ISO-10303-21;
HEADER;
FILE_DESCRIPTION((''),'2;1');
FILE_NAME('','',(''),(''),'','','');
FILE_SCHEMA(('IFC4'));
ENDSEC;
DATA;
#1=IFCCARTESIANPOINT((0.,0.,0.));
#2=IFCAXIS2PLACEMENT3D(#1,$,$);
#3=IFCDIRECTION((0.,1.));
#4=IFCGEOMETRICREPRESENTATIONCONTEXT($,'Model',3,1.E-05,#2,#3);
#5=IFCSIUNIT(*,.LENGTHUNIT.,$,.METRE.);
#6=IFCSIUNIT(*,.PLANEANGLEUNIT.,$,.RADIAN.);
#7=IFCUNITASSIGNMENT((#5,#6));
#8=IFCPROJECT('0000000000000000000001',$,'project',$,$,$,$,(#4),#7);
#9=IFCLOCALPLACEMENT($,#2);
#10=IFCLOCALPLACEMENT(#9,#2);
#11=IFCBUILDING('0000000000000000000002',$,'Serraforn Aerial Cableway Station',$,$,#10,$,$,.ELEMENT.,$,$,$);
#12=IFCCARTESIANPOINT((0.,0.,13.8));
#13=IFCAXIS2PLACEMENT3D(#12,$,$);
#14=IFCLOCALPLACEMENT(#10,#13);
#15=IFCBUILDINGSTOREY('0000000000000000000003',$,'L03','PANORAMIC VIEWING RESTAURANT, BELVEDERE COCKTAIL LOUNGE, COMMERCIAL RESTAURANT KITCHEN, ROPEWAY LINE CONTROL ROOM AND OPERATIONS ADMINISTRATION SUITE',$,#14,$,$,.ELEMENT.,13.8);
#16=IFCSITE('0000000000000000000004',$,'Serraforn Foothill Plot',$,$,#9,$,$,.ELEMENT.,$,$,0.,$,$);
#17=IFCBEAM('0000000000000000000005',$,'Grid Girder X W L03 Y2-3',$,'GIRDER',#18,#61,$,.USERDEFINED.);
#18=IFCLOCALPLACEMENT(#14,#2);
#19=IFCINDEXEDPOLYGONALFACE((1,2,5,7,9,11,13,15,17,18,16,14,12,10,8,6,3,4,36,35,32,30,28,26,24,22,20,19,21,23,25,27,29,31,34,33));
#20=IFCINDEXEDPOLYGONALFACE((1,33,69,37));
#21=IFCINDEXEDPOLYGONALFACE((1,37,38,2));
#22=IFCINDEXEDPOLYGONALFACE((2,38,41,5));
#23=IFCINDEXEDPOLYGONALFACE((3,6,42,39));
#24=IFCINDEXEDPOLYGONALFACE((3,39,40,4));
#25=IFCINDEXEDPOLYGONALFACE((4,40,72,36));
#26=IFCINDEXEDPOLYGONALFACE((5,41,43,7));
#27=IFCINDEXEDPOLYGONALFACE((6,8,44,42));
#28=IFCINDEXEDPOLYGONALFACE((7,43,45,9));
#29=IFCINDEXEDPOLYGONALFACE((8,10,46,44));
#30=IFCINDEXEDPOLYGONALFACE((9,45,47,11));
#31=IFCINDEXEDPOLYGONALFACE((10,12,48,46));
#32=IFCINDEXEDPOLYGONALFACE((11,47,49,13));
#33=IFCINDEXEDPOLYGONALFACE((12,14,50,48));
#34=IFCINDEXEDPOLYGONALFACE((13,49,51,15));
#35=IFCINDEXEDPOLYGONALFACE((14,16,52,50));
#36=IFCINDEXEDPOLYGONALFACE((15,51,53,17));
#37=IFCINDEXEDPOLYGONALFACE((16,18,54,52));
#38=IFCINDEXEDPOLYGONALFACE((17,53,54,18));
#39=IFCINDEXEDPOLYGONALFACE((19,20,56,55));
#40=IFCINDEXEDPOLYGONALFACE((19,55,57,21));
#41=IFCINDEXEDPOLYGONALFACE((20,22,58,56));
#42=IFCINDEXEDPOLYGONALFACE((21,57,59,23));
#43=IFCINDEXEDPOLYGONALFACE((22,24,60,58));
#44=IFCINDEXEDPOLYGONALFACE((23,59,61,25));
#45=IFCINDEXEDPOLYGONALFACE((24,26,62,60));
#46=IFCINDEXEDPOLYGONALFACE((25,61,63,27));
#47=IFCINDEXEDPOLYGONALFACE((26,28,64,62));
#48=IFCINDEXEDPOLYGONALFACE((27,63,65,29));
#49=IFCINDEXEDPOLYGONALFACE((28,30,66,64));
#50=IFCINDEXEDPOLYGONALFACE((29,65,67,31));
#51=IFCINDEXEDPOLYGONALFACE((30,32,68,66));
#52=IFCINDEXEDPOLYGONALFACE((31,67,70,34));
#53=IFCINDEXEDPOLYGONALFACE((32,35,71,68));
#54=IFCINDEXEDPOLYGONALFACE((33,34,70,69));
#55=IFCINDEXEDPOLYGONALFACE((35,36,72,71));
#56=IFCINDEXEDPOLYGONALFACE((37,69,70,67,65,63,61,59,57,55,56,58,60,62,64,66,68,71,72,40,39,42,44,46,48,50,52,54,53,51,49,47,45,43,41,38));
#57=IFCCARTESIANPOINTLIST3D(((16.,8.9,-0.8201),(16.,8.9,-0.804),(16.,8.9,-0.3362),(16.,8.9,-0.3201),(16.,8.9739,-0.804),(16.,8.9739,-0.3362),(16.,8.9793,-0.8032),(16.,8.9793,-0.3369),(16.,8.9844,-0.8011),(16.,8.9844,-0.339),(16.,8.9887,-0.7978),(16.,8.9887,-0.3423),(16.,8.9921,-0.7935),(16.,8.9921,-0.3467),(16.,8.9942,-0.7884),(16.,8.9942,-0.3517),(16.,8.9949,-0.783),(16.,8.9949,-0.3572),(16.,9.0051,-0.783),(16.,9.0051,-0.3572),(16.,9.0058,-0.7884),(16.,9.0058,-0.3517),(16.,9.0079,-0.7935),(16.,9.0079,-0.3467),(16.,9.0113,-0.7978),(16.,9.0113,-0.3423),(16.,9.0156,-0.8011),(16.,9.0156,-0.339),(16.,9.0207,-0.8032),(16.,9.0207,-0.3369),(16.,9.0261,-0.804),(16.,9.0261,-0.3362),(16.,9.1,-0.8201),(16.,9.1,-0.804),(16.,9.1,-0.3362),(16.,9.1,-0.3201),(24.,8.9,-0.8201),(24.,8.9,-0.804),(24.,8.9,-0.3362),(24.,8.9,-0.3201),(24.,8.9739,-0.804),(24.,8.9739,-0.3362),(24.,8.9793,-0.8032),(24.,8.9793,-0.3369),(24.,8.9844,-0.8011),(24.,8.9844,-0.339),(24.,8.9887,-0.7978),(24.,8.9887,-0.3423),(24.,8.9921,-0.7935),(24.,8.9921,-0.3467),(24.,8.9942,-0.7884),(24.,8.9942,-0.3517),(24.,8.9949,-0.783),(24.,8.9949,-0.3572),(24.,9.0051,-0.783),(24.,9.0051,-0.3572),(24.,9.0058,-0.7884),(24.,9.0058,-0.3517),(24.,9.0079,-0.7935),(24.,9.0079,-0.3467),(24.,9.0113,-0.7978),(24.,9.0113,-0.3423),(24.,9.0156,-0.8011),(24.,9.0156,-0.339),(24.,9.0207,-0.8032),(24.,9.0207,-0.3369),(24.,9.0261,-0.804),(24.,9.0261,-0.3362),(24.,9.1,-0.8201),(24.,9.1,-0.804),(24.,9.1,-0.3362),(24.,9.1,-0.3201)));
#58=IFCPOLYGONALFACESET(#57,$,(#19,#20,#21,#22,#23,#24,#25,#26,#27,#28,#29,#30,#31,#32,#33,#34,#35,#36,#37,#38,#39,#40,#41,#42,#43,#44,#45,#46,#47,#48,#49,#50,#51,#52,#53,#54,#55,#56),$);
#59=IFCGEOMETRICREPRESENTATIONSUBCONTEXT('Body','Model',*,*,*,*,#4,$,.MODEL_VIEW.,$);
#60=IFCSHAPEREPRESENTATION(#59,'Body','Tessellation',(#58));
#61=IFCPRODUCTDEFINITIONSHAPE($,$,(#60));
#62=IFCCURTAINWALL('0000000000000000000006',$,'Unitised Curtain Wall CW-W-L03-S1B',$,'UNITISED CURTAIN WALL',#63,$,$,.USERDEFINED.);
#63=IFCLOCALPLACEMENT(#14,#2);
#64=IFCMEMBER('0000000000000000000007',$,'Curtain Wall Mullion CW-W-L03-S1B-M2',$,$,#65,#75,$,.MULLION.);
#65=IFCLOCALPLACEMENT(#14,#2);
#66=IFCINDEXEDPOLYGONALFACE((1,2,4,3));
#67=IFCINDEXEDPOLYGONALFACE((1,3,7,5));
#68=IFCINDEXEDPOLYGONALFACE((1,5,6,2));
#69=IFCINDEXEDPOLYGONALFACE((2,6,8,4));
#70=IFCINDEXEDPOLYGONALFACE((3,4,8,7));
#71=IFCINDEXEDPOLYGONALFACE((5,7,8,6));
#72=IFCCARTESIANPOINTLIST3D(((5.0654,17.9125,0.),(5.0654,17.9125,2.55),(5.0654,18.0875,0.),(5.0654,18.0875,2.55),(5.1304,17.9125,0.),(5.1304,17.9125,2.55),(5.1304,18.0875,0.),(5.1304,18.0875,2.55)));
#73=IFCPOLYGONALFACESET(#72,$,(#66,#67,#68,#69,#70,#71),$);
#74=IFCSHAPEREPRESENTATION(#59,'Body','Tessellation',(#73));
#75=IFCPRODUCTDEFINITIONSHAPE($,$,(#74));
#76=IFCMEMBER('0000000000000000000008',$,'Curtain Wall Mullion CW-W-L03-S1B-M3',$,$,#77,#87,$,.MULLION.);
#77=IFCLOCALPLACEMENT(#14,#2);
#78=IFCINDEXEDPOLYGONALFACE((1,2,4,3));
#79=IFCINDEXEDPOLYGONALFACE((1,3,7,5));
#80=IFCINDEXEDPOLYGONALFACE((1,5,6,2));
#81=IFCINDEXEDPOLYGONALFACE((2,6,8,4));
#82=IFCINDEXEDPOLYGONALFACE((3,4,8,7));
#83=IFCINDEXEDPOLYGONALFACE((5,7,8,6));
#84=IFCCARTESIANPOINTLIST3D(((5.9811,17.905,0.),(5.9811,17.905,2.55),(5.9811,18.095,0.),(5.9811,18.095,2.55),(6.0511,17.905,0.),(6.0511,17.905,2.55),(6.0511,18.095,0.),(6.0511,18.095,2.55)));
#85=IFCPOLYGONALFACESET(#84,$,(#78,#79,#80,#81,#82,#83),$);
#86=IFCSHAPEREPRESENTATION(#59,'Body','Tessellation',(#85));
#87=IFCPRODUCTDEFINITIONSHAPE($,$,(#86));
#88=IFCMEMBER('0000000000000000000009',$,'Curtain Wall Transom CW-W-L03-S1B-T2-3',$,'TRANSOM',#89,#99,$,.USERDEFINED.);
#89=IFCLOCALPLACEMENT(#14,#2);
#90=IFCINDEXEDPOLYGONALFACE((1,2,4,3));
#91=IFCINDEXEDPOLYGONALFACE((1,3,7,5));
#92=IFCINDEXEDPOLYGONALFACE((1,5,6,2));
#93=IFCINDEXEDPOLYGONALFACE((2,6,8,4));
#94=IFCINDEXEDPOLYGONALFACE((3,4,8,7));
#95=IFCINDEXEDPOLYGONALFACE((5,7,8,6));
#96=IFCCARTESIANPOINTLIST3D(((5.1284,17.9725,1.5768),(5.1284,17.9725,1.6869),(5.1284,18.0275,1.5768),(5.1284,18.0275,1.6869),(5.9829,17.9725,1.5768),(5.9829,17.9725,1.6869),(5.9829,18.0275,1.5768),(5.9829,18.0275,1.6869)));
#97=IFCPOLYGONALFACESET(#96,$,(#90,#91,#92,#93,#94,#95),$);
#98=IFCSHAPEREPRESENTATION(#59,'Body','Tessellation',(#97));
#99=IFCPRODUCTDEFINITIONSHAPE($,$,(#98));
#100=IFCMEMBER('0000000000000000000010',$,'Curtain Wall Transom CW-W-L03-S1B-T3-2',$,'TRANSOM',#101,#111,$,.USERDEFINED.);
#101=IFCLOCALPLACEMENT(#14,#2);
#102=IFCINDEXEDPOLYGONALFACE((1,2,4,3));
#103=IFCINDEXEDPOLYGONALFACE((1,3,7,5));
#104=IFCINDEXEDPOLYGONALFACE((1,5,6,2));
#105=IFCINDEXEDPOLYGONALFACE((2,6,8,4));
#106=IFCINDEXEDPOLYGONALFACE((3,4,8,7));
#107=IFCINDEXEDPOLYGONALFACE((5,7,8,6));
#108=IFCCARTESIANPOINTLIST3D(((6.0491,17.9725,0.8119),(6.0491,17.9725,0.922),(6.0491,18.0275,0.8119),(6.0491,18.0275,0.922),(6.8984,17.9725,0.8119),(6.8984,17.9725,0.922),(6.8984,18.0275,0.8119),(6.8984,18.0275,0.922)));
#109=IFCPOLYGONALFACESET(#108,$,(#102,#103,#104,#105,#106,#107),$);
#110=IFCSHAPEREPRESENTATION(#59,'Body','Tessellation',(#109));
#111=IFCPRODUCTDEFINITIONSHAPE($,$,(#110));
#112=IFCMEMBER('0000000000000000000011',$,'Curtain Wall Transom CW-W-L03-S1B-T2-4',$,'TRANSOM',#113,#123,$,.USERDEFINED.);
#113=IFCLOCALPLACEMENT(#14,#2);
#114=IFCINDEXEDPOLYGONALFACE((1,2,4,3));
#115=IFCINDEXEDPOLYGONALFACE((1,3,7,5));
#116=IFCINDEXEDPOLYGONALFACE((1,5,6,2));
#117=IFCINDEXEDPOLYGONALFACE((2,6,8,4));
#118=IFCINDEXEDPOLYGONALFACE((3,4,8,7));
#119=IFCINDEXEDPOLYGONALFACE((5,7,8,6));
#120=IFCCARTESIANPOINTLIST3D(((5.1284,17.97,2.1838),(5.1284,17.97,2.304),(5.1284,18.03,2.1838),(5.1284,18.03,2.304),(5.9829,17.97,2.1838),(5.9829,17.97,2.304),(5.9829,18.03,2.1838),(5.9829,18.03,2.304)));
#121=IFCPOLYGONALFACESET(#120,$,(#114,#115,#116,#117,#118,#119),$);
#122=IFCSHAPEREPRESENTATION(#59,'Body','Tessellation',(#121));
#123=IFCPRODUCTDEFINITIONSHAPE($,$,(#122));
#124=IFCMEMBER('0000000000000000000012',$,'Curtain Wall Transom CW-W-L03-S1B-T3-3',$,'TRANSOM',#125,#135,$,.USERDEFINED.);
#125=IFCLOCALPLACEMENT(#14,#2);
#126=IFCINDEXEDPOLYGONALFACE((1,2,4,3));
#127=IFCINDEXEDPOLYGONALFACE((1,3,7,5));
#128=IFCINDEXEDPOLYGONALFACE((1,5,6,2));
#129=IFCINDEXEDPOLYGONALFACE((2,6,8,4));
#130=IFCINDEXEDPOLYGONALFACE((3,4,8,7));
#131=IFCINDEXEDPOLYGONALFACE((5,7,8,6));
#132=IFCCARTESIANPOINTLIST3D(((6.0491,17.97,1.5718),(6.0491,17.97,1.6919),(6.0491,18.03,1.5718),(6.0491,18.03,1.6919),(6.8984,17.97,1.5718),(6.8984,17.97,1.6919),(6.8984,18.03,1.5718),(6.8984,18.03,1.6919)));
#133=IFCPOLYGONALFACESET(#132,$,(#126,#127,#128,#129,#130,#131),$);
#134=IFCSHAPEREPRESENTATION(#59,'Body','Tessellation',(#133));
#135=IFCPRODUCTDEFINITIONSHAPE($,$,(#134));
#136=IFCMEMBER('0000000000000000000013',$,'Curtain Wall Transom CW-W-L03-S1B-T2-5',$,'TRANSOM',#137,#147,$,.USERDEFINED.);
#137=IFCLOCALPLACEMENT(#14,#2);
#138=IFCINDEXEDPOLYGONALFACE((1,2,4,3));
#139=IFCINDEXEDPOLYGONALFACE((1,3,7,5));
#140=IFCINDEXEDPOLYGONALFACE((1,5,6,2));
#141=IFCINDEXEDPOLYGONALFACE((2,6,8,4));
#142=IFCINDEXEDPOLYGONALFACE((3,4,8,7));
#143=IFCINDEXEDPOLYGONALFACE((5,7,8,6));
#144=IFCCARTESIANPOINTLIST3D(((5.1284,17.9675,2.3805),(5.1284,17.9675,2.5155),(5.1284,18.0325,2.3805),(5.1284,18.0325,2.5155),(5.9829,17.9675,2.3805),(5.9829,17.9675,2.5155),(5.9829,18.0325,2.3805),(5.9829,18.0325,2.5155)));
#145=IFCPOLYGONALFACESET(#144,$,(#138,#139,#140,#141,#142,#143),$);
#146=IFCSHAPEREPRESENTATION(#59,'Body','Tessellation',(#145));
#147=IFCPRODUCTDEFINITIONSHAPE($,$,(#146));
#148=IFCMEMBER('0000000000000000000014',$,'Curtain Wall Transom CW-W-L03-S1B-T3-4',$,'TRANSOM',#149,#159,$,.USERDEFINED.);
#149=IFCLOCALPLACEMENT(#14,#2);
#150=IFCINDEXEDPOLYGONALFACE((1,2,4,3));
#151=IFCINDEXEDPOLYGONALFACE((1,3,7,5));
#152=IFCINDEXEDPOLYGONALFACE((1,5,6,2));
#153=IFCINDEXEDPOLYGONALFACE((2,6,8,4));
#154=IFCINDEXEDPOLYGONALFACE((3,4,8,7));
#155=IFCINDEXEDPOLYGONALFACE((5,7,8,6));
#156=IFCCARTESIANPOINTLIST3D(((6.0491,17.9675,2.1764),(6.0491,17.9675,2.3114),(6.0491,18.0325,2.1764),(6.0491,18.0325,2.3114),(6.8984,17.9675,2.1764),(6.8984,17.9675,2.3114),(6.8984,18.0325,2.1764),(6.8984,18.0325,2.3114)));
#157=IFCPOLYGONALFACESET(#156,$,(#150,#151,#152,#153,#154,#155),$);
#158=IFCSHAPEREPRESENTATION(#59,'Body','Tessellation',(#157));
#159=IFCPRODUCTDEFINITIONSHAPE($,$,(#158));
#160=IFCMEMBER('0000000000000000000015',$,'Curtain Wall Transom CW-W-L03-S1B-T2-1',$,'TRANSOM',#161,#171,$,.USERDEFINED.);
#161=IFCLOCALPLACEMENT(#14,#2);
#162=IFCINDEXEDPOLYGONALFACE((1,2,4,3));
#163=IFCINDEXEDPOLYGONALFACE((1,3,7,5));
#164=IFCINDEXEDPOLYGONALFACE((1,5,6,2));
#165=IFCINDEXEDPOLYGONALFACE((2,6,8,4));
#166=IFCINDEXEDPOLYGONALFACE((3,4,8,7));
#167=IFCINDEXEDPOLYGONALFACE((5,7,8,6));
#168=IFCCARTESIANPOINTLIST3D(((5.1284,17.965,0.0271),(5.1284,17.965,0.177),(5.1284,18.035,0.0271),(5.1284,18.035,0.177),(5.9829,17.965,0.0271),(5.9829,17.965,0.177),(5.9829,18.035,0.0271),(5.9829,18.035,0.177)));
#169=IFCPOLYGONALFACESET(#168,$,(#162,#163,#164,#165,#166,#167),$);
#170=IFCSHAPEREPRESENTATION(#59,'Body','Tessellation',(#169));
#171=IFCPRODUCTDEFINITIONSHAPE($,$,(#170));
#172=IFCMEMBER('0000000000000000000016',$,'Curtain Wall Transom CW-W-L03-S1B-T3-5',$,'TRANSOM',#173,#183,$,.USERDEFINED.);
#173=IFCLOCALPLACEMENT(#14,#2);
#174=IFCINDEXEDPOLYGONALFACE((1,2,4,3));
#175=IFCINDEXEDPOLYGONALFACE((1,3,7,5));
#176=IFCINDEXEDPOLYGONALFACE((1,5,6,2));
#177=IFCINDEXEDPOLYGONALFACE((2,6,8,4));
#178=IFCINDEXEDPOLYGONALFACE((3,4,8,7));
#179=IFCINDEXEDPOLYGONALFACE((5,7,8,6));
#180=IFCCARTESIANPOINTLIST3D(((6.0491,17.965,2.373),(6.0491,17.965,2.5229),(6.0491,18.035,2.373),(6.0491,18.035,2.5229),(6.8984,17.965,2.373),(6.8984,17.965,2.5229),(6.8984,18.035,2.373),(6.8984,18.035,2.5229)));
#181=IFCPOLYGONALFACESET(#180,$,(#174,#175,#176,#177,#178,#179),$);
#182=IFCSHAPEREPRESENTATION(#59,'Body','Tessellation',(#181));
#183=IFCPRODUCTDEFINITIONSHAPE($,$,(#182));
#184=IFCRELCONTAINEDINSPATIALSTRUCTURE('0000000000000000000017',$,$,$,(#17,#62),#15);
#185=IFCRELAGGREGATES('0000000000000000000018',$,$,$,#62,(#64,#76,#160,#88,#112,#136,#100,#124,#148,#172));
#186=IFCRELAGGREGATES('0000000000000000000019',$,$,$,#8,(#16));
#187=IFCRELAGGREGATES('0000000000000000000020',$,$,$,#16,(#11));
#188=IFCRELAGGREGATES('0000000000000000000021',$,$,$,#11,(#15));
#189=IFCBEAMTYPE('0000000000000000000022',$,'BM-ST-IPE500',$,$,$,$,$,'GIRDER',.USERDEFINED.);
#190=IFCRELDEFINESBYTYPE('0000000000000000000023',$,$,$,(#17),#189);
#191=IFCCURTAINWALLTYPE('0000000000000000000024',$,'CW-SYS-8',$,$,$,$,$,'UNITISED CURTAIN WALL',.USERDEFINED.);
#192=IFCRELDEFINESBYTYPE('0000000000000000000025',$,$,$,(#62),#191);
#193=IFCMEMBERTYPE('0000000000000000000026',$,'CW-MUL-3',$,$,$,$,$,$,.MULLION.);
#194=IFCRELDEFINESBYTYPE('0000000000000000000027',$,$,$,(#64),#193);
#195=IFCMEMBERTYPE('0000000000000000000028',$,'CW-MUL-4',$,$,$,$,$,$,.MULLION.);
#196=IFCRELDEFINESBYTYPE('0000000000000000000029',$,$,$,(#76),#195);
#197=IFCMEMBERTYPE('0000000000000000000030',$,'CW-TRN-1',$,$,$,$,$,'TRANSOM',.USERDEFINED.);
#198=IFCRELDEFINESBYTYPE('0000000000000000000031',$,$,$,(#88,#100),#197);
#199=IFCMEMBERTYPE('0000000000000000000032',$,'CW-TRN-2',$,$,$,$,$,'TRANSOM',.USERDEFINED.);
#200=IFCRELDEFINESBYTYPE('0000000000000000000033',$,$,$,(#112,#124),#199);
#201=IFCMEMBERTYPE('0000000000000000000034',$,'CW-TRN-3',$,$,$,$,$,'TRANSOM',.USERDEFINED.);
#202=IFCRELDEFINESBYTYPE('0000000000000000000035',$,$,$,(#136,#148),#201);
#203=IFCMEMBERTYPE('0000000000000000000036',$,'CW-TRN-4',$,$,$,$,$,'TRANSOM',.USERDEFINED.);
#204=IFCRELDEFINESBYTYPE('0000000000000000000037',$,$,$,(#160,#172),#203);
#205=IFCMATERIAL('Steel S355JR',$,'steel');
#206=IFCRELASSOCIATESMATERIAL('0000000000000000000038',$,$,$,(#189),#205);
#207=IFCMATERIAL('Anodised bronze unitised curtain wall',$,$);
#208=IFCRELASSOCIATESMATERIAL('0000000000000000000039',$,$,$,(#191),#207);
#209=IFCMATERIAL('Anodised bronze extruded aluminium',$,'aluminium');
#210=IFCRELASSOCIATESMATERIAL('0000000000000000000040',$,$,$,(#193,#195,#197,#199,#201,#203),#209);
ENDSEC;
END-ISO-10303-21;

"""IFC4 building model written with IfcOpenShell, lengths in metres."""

from ifc_helpers import new_model, si_unit, direction, frame, origin, origin_2d, place, context, subcontext, project, spatial, rectangle, i_section, extrude, material, material_profile, profile_set, type_object, element, aggregate, save


model = new_model("IFC4")

# Units and contexts
model_context = context("Model", 3, precision=1e-05, world=origin(), true_north=direction((0.0, 1.0)))
body_context = subcontext(model_context, "Body", "Model", "MODEL_VIEW")
ifc_project = project(units=[si_unit("LENGTHUNIT", "METRE"), si_unit("PLANEANGLEUNIT", "RADIAN")], contexts=[model_context])

# Site, building, storey
site_placement = place(None, origin())
site = spatial("IfcSite", under=ifc_project, at=site_placement, Name="Serraforn Foothill Plot", CompositionType="ELEMENT", RefElevation=0.0)
building_placement = place(site_placement, origin())
building = spatial("IfcBuilding", under=site, at=building_placement, Name="Serraforn Aerial Cableway Station", CompositionType="ELEMENT")
storey_placement = place(building_placement, frame((0.0, 0.0, 13.8)))
storey = spatial("IfcBuildingStorey", under=building, at=storey_placement, Name="L03", Description="PANORAMIC VIEWING RESTAURANT, BELVEDERE COCKTAIL LOUNGE, COMMERCIAL RESTAURANT KITCHEN, ROPEWAY LINE CONTROL ROOM AND OPERATIONS ADMINISTRATION SUITE", CompositionType="ELEMENT", Elevation=13.8)

# Beam
ifc_material_1 = material(Name="Steel S355JR", Category="steel")
ifc_material_profile_1 = material_profile(ifc_material_1, i_section(OverallWidth=0.2, OverallDepth=0.5, WebThickness=0.0103, FlangeThickness=0.0161, FilletRadius=0.021, at=origin_2d()), Name="IPE 500")
ifc_profile_set_1 = profile_set([ifc_material_profile_1], Name="Steel S355JR")
beam_type_1 = type_object("IfcBeamType", Name="BM-ST-IPE500", ElementType="GIRDER", PredefinedType="USERDEFINED", material=ifc_profile_set_1)
beam_1_placement = place(storey_placement, frame((16.0, 9.0, -0.5701), z_axis=(1.0, 0.0, 0.0), x_axis=(0.0, 1.0, 0.0)))
element("IfcBeam", 1, at=beam_1_placement, inside=storey, type_object=beam_type_1, Name="Grid Girder X W L03 Y2-3", ObjectType="GIRDER", PredefinedType="USERDEFINED", context=body_context, shape_type="SweptSolid", body=[
    extrude(i_section(OverallWidth=0.2, OverallDepth=0.5, WebThickness=0.0103, FlangeThickness=0.0161, FilletRadius=0.021, at=origin_2d()), origin(), (0.0, 0.0, 1.0), 8.0),
])

# Curtain wall, members
ifc_material_2 = material(Name="Anodised bronze unitised curtain wall")
curtain_wall_type = type_object("IfcCurtainWallType", Name="CW-SYS-8", ElementType="UNITISED CURTAIN WALL", PredefinedType="USERDEFINED", material=ifc_material_2)
curtain_wall_placement = place(storey_placement, origin())
curtain_wall = element("IfcCurtainWall", 2, at=curtain_wall_placement, inside=storey, type_object=curtain_wall_type, Name="Unitised Curtain Wall CW-W-L03-S1B", ObjectType="UNITISED CURTAIN WALL", PredefinedType="USERDEFINED")
ifc_material_3 = material(Name="Anodised bronze extruded aluminium", Category="aluminium")
ifc_material_profile_2 = material_profile(ifc_material_3, rectangle(XDim=0.0649, YDim=0.175, at=origin_2d()), Name="CW MULLION 65x175")
ifc_profile_set_2 = profile_set([ifc_material_profile_2], Name="Anodised bronze extruded aluminium")
member_type_1 = type_object("IfcMemberType", Name="CW-MUL-3", PredefinedType="MULLION", material=ifc_profile_set_2)
member_1_placement = place(storey_placement, frame((5.0979, 18.0, 0.0), z_axis=(0.0, 0.0, 1.0), x_axis=(1.0, 0.0, 0.0)))
member_1 = element("IfcMember", 3, at=member_1_placement, type_object=member_type_1, Name="Curtain Wall Mullion CW-W-L03-S1B-M2", PredefinedType="MULLION", context=body_context, shape_type="SweptSolid", body=[
    extrude(rectangle(XDim=0.0649, YDim=0.175, at=origin_2d()), origin(), (0.0, 0.0, 1.0), 2.55),
])
ifc_material_profile_3 = material_profile(ifc_material_3, rectangle(XDim=0.0701, YDim=0.1899, at=origin_2d()), Name="CW MULLION 70x190")
ifc_profile_set_3 = profile_set([ifc_material_profile_3], Name="Anodised bronze extruded aluminium")
member_type_2 = type_object("IfcMemberType", Name="CW-MUL-4", PredefinedType="MULLION", material=ifc_profile_set_3)
member_2_placement = place(storey_placement, frame((6.0161, 18.0, 0.0), z_axis=(0.0, 0.0, 1.0), x_axis=(1.0, 0.0, 0.0)))
member_2 = element("IfcMember", 4, at=member_2_placement, type_object=member_type_2, Name="Curtain Wall Mullion CW-W-L03-S1B-M3", PredefinedType="MULLION", context=body_context, shape_type="SweptSolid", body=[
    extrude(rectangle(XDim=0.0701, YDim=0.1899, at=origin_2d()), origin(), (0.0, 0.0, 1.0), 2.55),
])
ifc_material_profile_4 = material_profile(ifc_material_3, rectangle(XDim=0.0549, YDim=0.1101, at=origin_2d()), Name="CW TRANSOM 55x110")
ifc_profile_set_4 = profile_set([ifc_material_profile_4], Name="Anodised bronze extruded aluminium")
member_type_3 = type_object("IfcMemberType", Name="CW-TRN-1", ElementType="TRANSOM", PredefinedType="USERDEFINED", material=ifc_profile_set_4)
member_3_placement = place(storey_placement, frame((5.1284, 18.0, 1.6318), z_axis=(1.0, 0.0, 0.0), x_axis=(0.0, 1.0, 0.0)))
member_3 = element("IfcMember", 5, at=member_3_placement, type_object=member_type_3, Name="Curtain Wall Transom CW-W-L03-S1B-T2-3", ObjectType="TRANSOM", PredefinedType="USERDEFINED", context=body_context, shape_type="SweptSolid", body=[
    extrude(rectangle(XDim=0.0549, YDim=0.1101, at=origin_2d()), origin(), (0.0, 0.0, 1.0), 0.8545),
])
member_4_placement = place(storey_placement, frame((6.0491, 18.0, 0.8669), z_axis=(1.0, 0.0, 0.0), x_axis=(0.0, 1.0, 0.0)))
member_4 = element("IfcMember", 6, at=member_4_placement, type_object=member_type_3, Name="Curtain Wall Transom CW-W-L03-S1B-T3-2", ObjectType="TRANSOM", PredefinedType="USERDEFINED", context=body_context, shape_type="SweptSolid", body=[
    extrude(rectangle(XDim=0.0549, YDim=0.1101, at=origin_2d()), origin(), (0.0, 0.0, 1.0), 0.8494),
])
ifc_material_profile_5 = material_profile(ifc_material_3, rectangle(XDim=0.0601, YDim=0.1201, at=origin_2d()), Name="CW TRANSOM 60x120")
ifc_profile_set_5 = profile_set([ifc_material_profile_5], Name="Anodised bronze extruded aluminium")
member_type_4 = type_object("IfcMemberType", Name="CW-TRN-2", ElementType="TRANSOM", PredefinedType="USERDEFINED", material=ifc_profile_set_5)
member_5_placement = place(storey_placement, frame((5.1284, 18.0, 2.2439), z_axis=(1.0, 0.0, 0.0), x_axis=(0.0, 1.0, 0.0)))
member_5 = element("IfcMember", 7, at=member_5_placement, type_object=member_type_4, Name="Curtain Wall Transom CW-W-L03-S1B-T2-4", ObjectType="TRANSOM", PredefinedType="USERDEFINED", context=body_context, shape_type="SweptSolid", body=[
    extrude(rectangle(XDim=0.0601, YDim=0.1201, at=origin_2d()), origin(), (0.0, 0.0, 1.0), 0.8545),
])
member_6_placement = place(storey_placement, frame((6.0491, 18.0, 1.6318), z_axis=(1.0, 0.0, 0.0), x_axis=(0.0, 1.0, 0.0)))
member_6 = element("IfcMember", 8, at=member_6_placement, type_object=member_type_4, Name="Curtain Wall Transom CW-W-L03-S1B-T3-3", ObjectType="TRANSOM", PredefinedType="USERDEFINED", context=body_context, shape_type="SweptSolid", body=[
    extrude(rectangle(XDim=0.0601, YDim=0.1201, at=origin_2d()), origin(), (0.0, 0.0, 1.0), 0.8494),
])
ifc_material_profile_6 = material_profile(ifc_material_3, rectangle(XDim=0.0649, YDim=0.135, at=origin_2d()), Name="CW TRANSOM 65x135")
ifc_profile_set_6 = profile_set([ifc_material_profile_6], Name="Anodised bronze extruded aluminium")
member_type_5 = type_object("IfcMemberType", Name="CW-TRN-3", ElementType="TRANSOM", PredefinedType="USERDEFINED", material=ifc_profile_set_6)
member_7_placement = place(storey_placement, frame((5.1284, 18.0, 2.448), z_axis=(1.0, 0.0, 0.0), x_axis=(0.0, 1.0, 0.0)))
member_7 = element("IfcMember", 9, at=member_7_placement, type_object=member_type_5, Name="Curtain Wall Transom CW-W-L03-S1B-T2-5", ObjectType="TRANSOM", PredefinedType="USERDEFINED", context=body_context, shape_type="SweptSolid", body=[
    extrude(rectangle(XDim=0.0649, YDim=0.135, at=origin_2d()), origin(), (0.0, 0.0, 1.0), 0.8545),
])
member_8_placement = place(storey_placement, frame((6.0491, 18.0, 2.2439), z_axis=(1.0, 0.0, 0.0), x_axis=(0.0, 1.0, 0.0)))
member_8 = element("IfcMember", 10, at=member_8_placement, type_object=member_type_5, Name="Curtain Wall Transom CW-W-L03-S1B-T3-4", ObjectType="TRANSOM", PredefinedType="USERDEFINED", context=body_context, shape_type="SweptSolid", body=[
    extrude(rectangle(XDim=0.0649, YDim=0.135, at=origin_2d()), origin(), (0.0, 0.0, 1.0), 0.8494),
])
ifc_material_profile_7 = material_profile(ifc_material_3, rectangle(XDim=0.0701, YDim=0.1499, at=origin_2d()), Name="CW TRANSOM 70x150")
ifc_profile_set_7 = profile_set([ifc_material_profile_7], Name="Anodised bronze extruded aluminium")
member_type_6 = type_object("IfcMemberType", Name="CW-TRN-4", ElementType="TRANSOM", PredefinedType="USERDEFINED", material=ifc_profile_set_7)
member_9_placement = place(storey_placement, frame((5.1284, 18.0, 0.1021), z_axis=(1.0, 0.0, 0.0), x_axis=(0.0, 1.0, 0.0)))
member_9 = element("IfcMember", 11, at=member_9_placement, type_object=member_type_6, Name="Curtain Wall Transom CW-W-L03-S1B-T2-1", ObjectType="TRANSOM", PredefinedType="USERDEFINED", context=body_context, shape_type="SweptSolid", body=[
    extrude(rectangle(XDim=0.0701, YDim=0.1499, at=origin_2d()), origin(), (0.0, 0.0, 1.0), 0.8545),
])
member_10_placement = place(storey_placement, frame((6.0491, 18.0, 2.448), z_axis=(1.0, 0.0, 0.0), x_axis=(0.0, 1.0, 0.0)))
member_10 = element("IfcMember", 12, at=member_10_placement, type_object=member_type_6, Name="Curtain Wall Transom CW-W-L03-S1B-T3-5", ObjectType="TRANSOM", PredefinedType="USERDEFINED", context=body_context, shape_type="SweptSolid", body=[
    extrude(rectangle(XDim=0.0701, YDim=0.1499, at=origin_2d()), origin(), (0.0, 0.0, 1.0), 0.8494),
])
aggregate(curtain_wall, [member_1, member_2, member_9, member_3, member_5, member_7, member_4, member_6, member_8, member_10])

save(model, "model.ifc")
